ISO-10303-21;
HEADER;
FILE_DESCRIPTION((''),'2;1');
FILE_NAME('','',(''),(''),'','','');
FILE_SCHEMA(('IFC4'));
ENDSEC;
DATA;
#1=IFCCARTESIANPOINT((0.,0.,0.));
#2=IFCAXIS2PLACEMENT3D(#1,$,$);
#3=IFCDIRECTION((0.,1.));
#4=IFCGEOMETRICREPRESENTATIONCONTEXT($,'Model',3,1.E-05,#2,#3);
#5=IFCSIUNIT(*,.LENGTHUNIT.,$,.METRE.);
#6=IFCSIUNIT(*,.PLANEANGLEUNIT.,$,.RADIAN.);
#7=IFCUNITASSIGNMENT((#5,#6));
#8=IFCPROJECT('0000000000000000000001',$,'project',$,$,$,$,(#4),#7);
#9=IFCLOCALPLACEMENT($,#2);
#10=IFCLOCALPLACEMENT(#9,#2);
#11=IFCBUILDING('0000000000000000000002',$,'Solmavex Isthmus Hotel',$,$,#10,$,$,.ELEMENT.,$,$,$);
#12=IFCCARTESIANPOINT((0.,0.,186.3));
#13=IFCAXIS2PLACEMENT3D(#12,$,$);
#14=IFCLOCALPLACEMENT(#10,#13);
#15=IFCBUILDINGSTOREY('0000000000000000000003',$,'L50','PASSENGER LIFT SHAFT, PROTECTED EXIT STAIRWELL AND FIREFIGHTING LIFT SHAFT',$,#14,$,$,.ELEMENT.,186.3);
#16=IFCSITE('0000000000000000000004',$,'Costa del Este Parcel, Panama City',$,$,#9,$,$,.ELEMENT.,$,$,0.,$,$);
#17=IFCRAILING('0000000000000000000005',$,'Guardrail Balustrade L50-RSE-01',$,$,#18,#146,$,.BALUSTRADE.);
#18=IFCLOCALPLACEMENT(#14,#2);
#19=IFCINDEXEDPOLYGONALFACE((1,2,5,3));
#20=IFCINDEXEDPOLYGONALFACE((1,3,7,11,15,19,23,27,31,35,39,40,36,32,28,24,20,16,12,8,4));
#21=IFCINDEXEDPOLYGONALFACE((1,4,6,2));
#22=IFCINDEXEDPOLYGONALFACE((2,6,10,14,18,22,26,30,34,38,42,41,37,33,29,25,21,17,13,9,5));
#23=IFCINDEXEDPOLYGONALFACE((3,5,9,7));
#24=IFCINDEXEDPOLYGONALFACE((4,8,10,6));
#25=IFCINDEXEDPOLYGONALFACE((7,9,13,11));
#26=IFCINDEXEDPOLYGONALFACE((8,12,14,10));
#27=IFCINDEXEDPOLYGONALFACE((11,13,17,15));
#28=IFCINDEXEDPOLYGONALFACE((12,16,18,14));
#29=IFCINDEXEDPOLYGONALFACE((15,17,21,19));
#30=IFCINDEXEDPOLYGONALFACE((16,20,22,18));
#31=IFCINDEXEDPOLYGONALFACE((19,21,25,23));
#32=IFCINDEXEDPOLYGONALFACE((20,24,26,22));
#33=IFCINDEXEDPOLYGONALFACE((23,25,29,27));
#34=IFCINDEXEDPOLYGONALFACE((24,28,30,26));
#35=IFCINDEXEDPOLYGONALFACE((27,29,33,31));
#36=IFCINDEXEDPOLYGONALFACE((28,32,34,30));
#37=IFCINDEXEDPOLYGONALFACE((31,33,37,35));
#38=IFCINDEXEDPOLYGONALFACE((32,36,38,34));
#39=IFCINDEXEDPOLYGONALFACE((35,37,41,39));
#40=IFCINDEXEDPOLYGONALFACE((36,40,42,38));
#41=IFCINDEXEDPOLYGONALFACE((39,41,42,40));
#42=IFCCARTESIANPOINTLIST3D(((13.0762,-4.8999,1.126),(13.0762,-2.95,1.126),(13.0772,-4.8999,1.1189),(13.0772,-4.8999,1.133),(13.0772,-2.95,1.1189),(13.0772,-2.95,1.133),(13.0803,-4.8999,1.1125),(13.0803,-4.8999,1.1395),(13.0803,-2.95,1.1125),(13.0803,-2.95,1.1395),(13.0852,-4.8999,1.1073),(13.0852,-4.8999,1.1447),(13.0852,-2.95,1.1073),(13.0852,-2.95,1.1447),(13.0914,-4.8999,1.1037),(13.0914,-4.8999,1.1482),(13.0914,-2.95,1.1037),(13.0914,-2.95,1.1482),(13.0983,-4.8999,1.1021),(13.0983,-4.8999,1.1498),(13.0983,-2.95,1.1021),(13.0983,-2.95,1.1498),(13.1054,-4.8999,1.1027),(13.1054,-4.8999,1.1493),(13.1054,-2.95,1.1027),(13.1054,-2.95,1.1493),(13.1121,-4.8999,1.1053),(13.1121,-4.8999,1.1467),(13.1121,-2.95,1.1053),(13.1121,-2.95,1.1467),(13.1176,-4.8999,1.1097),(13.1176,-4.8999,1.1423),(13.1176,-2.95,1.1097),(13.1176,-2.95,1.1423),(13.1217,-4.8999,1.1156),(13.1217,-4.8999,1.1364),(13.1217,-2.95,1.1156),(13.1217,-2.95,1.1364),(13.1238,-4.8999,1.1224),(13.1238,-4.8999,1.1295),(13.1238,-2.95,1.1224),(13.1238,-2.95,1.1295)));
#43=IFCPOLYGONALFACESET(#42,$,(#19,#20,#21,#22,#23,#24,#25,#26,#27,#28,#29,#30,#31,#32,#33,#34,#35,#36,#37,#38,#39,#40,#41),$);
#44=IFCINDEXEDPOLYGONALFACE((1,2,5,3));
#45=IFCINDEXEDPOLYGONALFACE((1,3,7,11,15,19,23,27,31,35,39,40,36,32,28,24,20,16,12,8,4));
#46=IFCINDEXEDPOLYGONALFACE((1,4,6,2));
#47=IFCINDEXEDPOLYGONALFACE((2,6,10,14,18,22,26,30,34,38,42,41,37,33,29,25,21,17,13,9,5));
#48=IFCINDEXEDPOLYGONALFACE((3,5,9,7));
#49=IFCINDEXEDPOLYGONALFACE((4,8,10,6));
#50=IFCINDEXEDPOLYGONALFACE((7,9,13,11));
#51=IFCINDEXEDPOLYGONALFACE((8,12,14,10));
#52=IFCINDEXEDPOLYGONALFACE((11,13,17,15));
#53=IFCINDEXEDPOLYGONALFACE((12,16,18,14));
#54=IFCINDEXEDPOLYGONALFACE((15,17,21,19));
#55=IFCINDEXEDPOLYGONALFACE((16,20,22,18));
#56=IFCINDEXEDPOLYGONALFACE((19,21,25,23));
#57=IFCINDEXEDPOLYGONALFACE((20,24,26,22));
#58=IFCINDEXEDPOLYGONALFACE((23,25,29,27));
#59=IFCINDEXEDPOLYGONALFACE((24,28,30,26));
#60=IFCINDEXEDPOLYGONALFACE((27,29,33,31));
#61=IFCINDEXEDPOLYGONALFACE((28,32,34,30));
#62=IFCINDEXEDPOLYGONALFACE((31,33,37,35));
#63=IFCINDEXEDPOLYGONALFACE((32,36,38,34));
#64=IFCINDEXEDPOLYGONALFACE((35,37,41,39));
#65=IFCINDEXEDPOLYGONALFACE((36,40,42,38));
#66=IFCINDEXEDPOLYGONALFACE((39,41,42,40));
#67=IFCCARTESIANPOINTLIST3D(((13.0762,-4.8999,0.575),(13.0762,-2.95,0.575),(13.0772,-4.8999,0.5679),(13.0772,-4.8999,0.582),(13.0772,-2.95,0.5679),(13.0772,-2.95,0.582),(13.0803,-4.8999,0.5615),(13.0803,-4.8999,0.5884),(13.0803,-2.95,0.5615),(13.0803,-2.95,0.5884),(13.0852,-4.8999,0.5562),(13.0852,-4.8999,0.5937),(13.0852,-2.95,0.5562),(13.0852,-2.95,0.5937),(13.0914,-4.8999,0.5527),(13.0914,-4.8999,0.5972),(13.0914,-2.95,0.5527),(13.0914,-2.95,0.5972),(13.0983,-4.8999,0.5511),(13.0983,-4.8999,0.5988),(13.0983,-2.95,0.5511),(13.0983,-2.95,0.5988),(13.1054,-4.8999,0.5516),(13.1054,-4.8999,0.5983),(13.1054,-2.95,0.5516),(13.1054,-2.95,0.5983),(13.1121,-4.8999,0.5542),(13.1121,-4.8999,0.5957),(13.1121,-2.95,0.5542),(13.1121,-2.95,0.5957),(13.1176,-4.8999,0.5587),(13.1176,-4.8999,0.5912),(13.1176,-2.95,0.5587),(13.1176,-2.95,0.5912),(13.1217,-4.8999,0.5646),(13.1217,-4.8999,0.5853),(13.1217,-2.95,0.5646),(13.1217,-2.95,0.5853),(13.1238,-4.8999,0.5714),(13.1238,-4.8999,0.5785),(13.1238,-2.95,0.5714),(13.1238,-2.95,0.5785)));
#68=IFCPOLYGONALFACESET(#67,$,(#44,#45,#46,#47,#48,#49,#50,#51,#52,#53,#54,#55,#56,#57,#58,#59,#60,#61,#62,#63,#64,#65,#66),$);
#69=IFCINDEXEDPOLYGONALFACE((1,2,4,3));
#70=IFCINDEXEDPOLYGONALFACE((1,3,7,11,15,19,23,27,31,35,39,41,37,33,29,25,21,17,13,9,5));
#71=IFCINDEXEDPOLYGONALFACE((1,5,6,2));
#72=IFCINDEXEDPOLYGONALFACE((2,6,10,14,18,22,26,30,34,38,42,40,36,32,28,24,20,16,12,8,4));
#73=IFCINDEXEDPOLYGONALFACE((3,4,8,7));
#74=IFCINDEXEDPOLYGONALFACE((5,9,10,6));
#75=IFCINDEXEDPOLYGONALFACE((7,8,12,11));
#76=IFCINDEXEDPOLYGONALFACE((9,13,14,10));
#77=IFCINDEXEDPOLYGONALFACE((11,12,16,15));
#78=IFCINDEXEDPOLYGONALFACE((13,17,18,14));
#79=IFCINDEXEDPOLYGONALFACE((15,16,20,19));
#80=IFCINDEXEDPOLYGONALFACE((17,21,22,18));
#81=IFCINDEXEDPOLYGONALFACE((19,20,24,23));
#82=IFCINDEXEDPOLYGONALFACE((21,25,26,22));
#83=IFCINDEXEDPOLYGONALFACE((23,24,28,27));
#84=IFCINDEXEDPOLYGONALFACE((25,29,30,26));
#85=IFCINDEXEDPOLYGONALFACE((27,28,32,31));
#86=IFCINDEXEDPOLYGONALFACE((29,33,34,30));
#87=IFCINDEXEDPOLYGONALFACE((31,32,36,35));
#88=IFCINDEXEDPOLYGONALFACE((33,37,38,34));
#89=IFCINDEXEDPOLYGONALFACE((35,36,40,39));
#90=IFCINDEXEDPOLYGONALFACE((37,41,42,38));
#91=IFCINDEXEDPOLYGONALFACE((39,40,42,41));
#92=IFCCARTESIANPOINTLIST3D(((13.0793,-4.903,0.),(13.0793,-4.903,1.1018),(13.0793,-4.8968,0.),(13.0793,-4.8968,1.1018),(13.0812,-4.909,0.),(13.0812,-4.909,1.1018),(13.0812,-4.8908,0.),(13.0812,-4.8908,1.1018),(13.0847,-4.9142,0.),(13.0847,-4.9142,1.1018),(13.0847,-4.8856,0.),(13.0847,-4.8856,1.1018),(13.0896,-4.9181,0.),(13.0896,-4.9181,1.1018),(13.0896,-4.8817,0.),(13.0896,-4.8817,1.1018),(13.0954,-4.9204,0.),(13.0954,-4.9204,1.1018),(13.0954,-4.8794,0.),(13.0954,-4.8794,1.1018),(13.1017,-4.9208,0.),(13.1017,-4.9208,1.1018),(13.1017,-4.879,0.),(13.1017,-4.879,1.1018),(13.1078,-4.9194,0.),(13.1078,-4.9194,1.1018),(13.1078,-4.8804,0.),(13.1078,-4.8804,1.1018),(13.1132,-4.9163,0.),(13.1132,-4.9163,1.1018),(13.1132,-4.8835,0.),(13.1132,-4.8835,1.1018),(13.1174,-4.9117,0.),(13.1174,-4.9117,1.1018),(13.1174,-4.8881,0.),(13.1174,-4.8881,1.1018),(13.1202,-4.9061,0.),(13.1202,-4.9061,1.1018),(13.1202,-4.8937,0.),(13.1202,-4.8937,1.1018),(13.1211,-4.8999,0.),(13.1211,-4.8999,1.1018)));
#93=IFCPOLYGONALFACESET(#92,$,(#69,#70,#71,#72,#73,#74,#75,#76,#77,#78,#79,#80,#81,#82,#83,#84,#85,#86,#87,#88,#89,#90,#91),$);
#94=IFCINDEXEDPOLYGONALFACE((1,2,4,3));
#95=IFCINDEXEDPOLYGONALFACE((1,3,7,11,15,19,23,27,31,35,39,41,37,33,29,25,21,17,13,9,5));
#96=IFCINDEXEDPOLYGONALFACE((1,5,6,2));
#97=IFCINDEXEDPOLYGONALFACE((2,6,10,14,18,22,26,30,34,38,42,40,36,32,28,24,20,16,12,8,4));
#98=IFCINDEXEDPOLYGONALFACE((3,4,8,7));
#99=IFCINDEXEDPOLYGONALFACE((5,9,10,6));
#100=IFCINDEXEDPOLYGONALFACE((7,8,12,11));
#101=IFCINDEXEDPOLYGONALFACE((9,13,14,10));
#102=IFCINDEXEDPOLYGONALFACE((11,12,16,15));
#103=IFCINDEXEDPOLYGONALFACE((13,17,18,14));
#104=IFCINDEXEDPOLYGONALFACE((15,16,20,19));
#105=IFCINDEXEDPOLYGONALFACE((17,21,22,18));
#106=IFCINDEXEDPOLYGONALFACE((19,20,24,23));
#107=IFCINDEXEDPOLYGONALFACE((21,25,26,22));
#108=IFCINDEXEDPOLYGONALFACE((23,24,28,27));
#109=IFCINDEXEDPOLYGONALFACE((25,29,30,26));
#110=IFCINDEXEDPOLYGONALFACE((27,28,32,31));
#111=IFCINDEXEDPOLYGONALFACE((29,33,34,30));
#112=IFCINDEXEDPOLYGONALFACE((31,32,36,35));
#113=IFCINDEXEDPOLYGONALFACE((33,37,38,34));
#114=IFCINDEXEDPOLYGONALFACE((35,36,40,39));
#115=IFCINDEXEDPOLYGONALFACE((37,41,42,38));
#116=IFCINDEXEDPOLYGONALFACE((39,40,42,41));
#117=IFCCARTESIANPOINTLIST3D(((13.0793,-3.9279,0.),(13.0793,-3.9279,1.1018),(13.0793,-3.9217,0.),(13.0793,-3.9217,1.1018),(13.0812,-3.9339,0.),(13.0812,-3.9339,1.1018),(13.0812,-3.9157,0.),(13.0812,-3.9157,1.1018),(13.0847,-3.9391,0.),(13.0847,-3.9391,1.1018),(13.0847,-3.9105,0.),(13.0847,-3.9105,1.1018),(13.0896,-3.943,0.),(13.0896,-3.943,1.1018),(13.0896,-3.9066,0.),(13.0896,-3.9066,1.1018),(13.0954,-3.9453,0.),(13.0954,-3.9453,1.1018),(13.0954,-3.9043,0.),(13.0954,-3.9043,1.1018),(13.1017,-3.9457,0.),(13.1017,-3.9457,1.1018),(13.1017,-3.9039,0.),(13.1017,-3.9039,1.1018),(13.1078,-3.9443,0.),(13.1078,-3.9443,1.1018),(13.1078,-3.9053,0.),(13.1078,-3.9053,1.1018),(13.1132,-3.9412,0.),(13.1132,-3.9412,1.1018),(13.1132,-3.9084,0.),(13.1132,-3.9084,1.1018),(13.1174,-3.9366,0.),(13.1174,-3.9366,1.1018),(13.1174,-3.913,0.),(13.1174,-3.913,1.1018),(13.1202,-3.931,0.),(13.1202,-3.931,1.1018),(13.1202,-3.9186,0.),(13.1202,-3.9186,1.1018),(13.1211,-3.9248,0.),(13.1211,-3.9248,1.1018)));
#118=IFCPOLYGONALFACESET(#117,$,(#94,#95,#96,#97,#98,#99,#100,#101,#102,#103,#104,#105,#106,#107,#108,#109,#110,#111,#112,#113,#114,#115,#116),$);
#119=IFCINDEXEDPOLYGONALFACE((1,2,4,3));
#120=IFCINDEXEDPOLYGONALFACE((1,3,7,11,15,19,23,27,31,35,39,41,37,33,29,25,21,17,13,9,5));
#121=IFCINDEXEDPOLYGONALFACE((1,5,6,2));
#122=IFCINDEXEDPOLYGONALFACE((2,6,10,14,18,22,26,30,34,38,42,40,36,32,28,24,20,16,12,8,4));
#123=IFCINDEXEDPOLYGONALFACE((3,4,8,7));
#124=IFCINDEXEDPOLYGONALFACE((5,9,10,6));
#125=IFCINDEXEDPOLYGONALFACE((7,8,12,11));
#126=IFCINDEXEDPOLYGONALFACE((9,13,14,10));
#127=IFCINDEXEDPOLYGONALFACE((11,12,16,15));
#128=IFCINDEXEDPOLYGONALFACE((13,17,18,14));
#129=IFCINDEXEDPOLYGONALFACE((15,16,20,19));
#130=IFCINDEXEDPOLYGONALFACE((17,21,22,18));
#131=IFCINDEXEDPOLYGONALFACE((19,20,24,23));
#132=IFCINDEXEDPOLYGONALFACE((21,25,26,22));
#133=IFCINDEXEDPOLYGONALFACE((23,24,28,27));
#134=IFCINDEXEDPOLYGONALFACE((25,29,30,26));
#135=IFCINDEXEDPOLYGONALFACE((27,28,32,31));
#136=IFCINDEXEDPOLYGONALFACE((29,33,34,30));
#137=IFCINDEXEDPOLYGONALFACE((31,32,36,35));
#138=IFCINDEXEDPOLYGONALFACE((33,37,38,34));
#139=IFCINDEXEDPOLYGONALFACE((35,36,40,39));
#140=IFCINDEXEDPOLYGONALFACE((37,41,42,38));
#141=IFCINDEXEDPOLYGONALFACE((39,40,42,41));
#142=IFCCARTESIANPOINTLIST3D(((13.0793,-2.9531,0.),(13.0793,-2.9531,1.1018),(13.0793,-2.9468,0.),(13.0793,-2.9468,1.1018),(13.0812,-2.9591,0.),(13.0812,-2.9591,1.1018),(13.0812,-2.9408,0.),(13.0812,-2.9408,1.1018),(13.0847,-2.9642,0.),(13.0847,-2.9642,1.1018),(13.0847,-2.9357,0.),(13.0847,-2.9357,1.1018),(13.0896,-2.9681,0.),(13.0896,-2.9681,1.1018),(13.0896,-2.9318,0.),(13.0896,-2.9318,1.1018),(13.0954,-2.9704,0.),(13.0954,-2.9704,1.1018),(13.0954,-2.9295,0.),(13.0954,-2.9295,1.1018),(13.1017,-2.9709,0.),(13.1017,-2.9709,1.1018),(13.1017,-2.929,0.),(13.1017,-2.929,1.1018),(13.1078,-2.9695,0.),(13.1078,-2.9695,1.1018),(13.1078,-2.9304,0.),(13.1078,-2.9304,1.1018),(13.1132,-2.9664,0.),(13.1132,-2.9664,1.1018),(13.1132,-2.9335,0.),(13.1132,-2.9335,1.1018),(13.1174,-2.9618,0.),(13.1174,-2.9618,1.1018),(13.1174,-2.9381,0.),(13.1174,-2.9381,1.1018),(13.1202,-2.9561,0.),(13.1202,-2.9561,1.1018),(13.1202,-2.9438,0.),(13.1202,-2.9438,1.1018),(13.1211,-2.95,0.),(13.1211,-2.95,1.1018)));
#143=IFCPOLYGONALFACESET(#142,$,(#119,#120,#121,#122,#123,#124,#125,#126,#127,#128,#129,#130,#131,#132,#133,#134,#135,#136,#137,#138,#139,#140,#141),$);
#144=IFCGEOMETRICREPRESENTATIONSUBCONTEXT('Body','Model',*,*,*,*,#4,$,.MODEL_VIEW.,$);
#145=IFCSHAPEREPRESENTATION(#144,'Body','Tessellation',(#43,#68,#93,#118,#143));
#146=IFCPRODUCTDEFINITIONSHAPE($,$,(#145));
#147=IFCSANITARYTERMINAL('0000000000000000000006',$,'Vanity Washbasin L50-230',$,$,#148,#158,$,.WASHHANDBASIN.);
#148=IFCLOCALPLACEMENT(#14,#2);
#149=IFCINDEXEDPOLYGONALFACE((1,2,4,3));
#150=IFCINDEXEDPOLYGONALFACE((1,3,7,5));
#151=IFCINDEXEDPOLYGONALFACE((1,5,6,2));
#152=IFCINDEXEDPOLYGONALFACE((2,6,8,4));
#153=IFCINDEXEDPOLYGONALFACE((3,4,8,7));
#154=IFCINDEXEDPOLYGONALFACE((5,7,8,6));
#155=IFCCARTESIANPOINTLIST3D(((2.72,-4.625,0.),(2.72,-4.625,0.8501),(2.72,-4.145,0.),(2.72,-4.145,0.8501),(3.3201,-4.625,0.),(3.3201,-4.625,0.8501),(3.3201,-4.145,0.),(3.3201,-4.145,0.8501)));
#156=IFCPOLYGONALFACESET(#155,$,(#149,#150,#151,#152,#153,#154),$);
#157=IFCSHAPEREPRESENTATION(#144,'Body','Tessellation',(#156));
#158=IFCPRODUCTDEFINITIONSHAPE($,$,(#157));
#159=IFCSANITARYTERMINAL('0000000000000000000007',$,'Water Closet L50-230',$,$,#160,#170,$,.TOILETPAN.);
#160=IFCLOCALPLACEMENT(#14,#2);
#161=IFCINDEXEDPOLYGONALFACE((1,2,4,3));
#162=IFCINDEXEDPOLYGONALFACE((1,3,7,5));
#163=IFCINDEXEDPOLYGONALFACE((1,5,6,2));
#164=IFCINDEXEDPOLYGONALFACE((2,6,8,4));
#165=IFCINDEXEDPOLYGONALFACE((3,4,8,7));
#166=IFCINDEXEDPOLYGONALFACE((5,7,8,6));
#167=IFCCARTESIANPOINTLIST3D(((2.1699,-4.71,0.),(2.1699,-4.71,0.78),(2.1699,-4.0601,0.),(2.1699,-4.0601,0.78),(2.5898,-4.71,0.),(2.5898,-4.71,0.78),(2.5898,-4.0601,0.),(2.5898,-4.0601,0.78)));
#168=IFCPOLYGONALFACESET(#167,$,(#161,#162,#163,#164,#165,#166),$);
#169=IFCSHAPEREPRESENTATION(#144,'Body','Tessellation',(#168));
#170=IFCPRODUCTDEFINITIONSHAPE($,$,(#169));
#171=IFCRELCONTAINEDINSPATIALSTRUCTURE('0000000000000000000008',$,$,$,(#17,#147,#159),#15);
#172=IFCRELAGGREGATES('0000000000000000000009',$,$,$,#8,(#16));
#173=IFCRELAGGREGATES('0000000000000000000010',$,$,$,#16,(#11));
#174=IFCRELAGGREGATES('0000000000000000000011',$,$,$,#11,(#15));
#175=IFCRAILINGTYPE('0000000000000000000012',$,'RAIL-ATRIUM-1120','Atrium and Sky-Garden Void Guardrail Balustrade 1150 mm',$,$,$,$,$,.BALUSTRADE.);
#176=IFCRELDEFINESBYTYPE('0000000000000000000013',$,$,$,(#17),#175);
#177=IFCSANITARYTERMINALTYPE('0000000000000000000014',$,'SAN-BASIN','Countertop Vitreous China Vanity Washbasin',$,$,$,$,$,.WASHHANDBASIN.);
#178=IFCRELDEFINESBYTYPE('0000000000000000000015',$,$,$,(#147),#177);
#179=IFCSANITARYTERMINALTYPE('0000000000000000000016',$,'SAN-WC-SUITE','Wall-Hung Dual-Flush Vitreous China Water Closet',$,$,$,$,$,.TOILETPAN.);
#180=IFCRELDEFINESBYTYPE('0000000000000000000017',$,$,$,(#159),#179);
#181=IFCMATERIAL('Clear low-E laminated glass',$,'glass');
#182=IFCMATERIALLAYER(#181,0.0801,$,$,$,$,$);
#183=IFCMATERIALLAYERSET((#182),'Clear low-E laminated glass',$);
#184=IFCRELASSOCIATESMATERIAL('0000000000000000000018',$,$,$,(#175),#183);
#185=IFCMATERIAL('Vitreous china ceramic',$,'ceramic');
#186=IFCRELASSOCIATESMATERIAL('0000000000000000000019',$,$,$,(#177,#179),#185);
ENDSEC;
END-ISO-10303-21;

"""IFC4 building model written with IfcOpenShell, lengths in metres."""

from ifc_helpers import new_model, si_unit, direction, frame, origin, origin_2d, place, context, subcontext, project, spatial, rectangle, circle, extrude, material, layer, layer_set, type_object, element, save


model = new_model("IFC4")

# Units and contexts
model_context = context("Model", 3, precision=1e-05, world=origin(), true_north=direction((0.0, 1.0)))
body_context = subcontext(model_context, "Body", "Model", "MODEL_VIEW")
ifc_project = project(units=[si_unit("LENGTHUNIT", "METRE"), si_unit("PLANEANGLEUNIT", "RADIAN")], contexts=[model_context])

# Site, building, storey
site_placement = place(None, origin())
site = spatial("IfcSite", under=ifc_project, at=site_placement, Name="Costa del Este Parcel, Panama City", CompositionType="ELEMENT", RefElevation=0.0)
building_placement = place(site_placement, origin())
building = spatial("IfcBuilding", under=site, at=building_placement, Name="Solmavex Isthmus Hotel", CompositionType="ELEMENT")
storey_placement = place(building_placement, frame((0.0, 0.0, 186.3)))
storey = spatial("IfcBuildingStorey", under=building, at=storey_placement, Name="L50", Description="PASSENGER LIFT SHAFT, PROTECTED EXIT STAIRWELL AND FIREFIGHTING LIFT SHAFT", CompositionType="ELEMENT", Elevation=186.3)

# Railing
ifc_material_1 = material(Name="Clear low-E laminated glass", Category="glass")
ifc_layer_1 = layer(ifc_material_1, 0.0801)
ifc_layer_set_1 = layer_set([ifc_layer_1], Name="Clear low-E laminated glass")
railing_type = type_object("IfcRailingType", Name="RAIL-ATRIUM-1120", Description="Atrium and Sky-Garden Void Guardrail Balustrade 1150 mm", PredefinedType="BALUSTRADE", material=ifc_layer_set_1)
railing_placement = place(storey_placement, frame((13.1001, -4.8999, 0.0)))
element("IfcRailing", 1, at=railing_placement, inside=storey, type_object=railing_type, Name="Guardrail Balustrade L50-RSE-01", PredefinedType="BALUSTRADE", context=body_context, shape_type="SweptSolid", body=[
    extrude(circle(Radius=0.0239, at=origin_2d()), frame((0.0, 0.0, 1.126), z_axis=(0.0, 1.0, 0.0), x_axis=(-1.0, 0.0, 0.0)), (0.0, 0.0, 1.0), 1.95),
    extrude(circle(Radius=0.0239, at=origin_2d()), frame((0.0, 0.0, 0.575), z_axis=(0.0, 1.0, 0.0), x_axis=(-1.0, 0.0, 0.0)), (0.0, 0.0, 1.0), 1.95),
    extrude(circle(Radius=0.021, at=origin_2d()), origin(), (0.0, 0.0, 1.0), 1.1018),
    extrude(circle(Radius=0.021, at=origin_2d()), frame((0.0, 0.9751, 0.0)), (0.0, 0.0, 1.0), 1.1018),
    extrude(circle(Radius=0.021, at=origin_2d()), frame((0.0, 1.95, 0.0)), (0.0, 0.0, 1.0), 1.1018),
])

# Sanitary terminals
ifc_material_2 = material(Name="Vitreous china ceramic", Category="ceramic")
sanitary_terminal_type_1 = type_object("IfcSanitaryTerminalType", Name="SAN-BASIN", Description="Countertop Vitreous China Vanity Washbasin", PredefinedType="WASHHANDBASIN", material=ifc_material_2)
sanitary_terminal_1_placement = place(storey_placement, frame((3.02, -4.385, 0.0), z_axis=(0.0, 0.0, 1.0), x_axis=(1.0, 0.0, 0.0)))
element("IfcSanitaryTerminal", 2, at=sanitary_terminal_1_placement, inside=storey, type_object=sanitary_terminal_type_1, Name="Vanity Washbasin L50-230", PredefinedType="WASHHANDBASIN", context=body_context, shape_type="SweptSolid", body=[
    extrude(rectangle(XDim=0.6001, YDim=0.48, at=origin_2d()), origin(), (0.0, 0.0, 1.0), 0.8501),
])
sanitary_terminal_type_2 = type_object("IfcSanitaryTerminalType", Name="SAN-WC-SUITE", Description="Wall-Hung Dual-Flush Vitreous China Water Closet", PredefinedType="TOILETPAN", material=ifc_material_2)
sanitary_terminal_2_placement = place(storey_placement, frame((2.3799, -4.385, 0.0), z_axis=(0.0, 0.0, 1.0), x_axis=(1.0, 0.0, 0.0)))
element("IfcSanitaryTerminal", 3, at=sanitary_terminal_2_placement, inside=storey, type_object=sanitary_terminal_type_2, Name="Water Closet L50-230", PredefinedType="TOILETPAN", context=body_context, shape_type="SweptSolid", body=[
    extrude(rectangle(XDim=0.4199, YDim=0.6499, at=origin_2d()), origin(), (0.0, 0.0, 1.0), 0.78),
])

save(model, "model.ifc")
